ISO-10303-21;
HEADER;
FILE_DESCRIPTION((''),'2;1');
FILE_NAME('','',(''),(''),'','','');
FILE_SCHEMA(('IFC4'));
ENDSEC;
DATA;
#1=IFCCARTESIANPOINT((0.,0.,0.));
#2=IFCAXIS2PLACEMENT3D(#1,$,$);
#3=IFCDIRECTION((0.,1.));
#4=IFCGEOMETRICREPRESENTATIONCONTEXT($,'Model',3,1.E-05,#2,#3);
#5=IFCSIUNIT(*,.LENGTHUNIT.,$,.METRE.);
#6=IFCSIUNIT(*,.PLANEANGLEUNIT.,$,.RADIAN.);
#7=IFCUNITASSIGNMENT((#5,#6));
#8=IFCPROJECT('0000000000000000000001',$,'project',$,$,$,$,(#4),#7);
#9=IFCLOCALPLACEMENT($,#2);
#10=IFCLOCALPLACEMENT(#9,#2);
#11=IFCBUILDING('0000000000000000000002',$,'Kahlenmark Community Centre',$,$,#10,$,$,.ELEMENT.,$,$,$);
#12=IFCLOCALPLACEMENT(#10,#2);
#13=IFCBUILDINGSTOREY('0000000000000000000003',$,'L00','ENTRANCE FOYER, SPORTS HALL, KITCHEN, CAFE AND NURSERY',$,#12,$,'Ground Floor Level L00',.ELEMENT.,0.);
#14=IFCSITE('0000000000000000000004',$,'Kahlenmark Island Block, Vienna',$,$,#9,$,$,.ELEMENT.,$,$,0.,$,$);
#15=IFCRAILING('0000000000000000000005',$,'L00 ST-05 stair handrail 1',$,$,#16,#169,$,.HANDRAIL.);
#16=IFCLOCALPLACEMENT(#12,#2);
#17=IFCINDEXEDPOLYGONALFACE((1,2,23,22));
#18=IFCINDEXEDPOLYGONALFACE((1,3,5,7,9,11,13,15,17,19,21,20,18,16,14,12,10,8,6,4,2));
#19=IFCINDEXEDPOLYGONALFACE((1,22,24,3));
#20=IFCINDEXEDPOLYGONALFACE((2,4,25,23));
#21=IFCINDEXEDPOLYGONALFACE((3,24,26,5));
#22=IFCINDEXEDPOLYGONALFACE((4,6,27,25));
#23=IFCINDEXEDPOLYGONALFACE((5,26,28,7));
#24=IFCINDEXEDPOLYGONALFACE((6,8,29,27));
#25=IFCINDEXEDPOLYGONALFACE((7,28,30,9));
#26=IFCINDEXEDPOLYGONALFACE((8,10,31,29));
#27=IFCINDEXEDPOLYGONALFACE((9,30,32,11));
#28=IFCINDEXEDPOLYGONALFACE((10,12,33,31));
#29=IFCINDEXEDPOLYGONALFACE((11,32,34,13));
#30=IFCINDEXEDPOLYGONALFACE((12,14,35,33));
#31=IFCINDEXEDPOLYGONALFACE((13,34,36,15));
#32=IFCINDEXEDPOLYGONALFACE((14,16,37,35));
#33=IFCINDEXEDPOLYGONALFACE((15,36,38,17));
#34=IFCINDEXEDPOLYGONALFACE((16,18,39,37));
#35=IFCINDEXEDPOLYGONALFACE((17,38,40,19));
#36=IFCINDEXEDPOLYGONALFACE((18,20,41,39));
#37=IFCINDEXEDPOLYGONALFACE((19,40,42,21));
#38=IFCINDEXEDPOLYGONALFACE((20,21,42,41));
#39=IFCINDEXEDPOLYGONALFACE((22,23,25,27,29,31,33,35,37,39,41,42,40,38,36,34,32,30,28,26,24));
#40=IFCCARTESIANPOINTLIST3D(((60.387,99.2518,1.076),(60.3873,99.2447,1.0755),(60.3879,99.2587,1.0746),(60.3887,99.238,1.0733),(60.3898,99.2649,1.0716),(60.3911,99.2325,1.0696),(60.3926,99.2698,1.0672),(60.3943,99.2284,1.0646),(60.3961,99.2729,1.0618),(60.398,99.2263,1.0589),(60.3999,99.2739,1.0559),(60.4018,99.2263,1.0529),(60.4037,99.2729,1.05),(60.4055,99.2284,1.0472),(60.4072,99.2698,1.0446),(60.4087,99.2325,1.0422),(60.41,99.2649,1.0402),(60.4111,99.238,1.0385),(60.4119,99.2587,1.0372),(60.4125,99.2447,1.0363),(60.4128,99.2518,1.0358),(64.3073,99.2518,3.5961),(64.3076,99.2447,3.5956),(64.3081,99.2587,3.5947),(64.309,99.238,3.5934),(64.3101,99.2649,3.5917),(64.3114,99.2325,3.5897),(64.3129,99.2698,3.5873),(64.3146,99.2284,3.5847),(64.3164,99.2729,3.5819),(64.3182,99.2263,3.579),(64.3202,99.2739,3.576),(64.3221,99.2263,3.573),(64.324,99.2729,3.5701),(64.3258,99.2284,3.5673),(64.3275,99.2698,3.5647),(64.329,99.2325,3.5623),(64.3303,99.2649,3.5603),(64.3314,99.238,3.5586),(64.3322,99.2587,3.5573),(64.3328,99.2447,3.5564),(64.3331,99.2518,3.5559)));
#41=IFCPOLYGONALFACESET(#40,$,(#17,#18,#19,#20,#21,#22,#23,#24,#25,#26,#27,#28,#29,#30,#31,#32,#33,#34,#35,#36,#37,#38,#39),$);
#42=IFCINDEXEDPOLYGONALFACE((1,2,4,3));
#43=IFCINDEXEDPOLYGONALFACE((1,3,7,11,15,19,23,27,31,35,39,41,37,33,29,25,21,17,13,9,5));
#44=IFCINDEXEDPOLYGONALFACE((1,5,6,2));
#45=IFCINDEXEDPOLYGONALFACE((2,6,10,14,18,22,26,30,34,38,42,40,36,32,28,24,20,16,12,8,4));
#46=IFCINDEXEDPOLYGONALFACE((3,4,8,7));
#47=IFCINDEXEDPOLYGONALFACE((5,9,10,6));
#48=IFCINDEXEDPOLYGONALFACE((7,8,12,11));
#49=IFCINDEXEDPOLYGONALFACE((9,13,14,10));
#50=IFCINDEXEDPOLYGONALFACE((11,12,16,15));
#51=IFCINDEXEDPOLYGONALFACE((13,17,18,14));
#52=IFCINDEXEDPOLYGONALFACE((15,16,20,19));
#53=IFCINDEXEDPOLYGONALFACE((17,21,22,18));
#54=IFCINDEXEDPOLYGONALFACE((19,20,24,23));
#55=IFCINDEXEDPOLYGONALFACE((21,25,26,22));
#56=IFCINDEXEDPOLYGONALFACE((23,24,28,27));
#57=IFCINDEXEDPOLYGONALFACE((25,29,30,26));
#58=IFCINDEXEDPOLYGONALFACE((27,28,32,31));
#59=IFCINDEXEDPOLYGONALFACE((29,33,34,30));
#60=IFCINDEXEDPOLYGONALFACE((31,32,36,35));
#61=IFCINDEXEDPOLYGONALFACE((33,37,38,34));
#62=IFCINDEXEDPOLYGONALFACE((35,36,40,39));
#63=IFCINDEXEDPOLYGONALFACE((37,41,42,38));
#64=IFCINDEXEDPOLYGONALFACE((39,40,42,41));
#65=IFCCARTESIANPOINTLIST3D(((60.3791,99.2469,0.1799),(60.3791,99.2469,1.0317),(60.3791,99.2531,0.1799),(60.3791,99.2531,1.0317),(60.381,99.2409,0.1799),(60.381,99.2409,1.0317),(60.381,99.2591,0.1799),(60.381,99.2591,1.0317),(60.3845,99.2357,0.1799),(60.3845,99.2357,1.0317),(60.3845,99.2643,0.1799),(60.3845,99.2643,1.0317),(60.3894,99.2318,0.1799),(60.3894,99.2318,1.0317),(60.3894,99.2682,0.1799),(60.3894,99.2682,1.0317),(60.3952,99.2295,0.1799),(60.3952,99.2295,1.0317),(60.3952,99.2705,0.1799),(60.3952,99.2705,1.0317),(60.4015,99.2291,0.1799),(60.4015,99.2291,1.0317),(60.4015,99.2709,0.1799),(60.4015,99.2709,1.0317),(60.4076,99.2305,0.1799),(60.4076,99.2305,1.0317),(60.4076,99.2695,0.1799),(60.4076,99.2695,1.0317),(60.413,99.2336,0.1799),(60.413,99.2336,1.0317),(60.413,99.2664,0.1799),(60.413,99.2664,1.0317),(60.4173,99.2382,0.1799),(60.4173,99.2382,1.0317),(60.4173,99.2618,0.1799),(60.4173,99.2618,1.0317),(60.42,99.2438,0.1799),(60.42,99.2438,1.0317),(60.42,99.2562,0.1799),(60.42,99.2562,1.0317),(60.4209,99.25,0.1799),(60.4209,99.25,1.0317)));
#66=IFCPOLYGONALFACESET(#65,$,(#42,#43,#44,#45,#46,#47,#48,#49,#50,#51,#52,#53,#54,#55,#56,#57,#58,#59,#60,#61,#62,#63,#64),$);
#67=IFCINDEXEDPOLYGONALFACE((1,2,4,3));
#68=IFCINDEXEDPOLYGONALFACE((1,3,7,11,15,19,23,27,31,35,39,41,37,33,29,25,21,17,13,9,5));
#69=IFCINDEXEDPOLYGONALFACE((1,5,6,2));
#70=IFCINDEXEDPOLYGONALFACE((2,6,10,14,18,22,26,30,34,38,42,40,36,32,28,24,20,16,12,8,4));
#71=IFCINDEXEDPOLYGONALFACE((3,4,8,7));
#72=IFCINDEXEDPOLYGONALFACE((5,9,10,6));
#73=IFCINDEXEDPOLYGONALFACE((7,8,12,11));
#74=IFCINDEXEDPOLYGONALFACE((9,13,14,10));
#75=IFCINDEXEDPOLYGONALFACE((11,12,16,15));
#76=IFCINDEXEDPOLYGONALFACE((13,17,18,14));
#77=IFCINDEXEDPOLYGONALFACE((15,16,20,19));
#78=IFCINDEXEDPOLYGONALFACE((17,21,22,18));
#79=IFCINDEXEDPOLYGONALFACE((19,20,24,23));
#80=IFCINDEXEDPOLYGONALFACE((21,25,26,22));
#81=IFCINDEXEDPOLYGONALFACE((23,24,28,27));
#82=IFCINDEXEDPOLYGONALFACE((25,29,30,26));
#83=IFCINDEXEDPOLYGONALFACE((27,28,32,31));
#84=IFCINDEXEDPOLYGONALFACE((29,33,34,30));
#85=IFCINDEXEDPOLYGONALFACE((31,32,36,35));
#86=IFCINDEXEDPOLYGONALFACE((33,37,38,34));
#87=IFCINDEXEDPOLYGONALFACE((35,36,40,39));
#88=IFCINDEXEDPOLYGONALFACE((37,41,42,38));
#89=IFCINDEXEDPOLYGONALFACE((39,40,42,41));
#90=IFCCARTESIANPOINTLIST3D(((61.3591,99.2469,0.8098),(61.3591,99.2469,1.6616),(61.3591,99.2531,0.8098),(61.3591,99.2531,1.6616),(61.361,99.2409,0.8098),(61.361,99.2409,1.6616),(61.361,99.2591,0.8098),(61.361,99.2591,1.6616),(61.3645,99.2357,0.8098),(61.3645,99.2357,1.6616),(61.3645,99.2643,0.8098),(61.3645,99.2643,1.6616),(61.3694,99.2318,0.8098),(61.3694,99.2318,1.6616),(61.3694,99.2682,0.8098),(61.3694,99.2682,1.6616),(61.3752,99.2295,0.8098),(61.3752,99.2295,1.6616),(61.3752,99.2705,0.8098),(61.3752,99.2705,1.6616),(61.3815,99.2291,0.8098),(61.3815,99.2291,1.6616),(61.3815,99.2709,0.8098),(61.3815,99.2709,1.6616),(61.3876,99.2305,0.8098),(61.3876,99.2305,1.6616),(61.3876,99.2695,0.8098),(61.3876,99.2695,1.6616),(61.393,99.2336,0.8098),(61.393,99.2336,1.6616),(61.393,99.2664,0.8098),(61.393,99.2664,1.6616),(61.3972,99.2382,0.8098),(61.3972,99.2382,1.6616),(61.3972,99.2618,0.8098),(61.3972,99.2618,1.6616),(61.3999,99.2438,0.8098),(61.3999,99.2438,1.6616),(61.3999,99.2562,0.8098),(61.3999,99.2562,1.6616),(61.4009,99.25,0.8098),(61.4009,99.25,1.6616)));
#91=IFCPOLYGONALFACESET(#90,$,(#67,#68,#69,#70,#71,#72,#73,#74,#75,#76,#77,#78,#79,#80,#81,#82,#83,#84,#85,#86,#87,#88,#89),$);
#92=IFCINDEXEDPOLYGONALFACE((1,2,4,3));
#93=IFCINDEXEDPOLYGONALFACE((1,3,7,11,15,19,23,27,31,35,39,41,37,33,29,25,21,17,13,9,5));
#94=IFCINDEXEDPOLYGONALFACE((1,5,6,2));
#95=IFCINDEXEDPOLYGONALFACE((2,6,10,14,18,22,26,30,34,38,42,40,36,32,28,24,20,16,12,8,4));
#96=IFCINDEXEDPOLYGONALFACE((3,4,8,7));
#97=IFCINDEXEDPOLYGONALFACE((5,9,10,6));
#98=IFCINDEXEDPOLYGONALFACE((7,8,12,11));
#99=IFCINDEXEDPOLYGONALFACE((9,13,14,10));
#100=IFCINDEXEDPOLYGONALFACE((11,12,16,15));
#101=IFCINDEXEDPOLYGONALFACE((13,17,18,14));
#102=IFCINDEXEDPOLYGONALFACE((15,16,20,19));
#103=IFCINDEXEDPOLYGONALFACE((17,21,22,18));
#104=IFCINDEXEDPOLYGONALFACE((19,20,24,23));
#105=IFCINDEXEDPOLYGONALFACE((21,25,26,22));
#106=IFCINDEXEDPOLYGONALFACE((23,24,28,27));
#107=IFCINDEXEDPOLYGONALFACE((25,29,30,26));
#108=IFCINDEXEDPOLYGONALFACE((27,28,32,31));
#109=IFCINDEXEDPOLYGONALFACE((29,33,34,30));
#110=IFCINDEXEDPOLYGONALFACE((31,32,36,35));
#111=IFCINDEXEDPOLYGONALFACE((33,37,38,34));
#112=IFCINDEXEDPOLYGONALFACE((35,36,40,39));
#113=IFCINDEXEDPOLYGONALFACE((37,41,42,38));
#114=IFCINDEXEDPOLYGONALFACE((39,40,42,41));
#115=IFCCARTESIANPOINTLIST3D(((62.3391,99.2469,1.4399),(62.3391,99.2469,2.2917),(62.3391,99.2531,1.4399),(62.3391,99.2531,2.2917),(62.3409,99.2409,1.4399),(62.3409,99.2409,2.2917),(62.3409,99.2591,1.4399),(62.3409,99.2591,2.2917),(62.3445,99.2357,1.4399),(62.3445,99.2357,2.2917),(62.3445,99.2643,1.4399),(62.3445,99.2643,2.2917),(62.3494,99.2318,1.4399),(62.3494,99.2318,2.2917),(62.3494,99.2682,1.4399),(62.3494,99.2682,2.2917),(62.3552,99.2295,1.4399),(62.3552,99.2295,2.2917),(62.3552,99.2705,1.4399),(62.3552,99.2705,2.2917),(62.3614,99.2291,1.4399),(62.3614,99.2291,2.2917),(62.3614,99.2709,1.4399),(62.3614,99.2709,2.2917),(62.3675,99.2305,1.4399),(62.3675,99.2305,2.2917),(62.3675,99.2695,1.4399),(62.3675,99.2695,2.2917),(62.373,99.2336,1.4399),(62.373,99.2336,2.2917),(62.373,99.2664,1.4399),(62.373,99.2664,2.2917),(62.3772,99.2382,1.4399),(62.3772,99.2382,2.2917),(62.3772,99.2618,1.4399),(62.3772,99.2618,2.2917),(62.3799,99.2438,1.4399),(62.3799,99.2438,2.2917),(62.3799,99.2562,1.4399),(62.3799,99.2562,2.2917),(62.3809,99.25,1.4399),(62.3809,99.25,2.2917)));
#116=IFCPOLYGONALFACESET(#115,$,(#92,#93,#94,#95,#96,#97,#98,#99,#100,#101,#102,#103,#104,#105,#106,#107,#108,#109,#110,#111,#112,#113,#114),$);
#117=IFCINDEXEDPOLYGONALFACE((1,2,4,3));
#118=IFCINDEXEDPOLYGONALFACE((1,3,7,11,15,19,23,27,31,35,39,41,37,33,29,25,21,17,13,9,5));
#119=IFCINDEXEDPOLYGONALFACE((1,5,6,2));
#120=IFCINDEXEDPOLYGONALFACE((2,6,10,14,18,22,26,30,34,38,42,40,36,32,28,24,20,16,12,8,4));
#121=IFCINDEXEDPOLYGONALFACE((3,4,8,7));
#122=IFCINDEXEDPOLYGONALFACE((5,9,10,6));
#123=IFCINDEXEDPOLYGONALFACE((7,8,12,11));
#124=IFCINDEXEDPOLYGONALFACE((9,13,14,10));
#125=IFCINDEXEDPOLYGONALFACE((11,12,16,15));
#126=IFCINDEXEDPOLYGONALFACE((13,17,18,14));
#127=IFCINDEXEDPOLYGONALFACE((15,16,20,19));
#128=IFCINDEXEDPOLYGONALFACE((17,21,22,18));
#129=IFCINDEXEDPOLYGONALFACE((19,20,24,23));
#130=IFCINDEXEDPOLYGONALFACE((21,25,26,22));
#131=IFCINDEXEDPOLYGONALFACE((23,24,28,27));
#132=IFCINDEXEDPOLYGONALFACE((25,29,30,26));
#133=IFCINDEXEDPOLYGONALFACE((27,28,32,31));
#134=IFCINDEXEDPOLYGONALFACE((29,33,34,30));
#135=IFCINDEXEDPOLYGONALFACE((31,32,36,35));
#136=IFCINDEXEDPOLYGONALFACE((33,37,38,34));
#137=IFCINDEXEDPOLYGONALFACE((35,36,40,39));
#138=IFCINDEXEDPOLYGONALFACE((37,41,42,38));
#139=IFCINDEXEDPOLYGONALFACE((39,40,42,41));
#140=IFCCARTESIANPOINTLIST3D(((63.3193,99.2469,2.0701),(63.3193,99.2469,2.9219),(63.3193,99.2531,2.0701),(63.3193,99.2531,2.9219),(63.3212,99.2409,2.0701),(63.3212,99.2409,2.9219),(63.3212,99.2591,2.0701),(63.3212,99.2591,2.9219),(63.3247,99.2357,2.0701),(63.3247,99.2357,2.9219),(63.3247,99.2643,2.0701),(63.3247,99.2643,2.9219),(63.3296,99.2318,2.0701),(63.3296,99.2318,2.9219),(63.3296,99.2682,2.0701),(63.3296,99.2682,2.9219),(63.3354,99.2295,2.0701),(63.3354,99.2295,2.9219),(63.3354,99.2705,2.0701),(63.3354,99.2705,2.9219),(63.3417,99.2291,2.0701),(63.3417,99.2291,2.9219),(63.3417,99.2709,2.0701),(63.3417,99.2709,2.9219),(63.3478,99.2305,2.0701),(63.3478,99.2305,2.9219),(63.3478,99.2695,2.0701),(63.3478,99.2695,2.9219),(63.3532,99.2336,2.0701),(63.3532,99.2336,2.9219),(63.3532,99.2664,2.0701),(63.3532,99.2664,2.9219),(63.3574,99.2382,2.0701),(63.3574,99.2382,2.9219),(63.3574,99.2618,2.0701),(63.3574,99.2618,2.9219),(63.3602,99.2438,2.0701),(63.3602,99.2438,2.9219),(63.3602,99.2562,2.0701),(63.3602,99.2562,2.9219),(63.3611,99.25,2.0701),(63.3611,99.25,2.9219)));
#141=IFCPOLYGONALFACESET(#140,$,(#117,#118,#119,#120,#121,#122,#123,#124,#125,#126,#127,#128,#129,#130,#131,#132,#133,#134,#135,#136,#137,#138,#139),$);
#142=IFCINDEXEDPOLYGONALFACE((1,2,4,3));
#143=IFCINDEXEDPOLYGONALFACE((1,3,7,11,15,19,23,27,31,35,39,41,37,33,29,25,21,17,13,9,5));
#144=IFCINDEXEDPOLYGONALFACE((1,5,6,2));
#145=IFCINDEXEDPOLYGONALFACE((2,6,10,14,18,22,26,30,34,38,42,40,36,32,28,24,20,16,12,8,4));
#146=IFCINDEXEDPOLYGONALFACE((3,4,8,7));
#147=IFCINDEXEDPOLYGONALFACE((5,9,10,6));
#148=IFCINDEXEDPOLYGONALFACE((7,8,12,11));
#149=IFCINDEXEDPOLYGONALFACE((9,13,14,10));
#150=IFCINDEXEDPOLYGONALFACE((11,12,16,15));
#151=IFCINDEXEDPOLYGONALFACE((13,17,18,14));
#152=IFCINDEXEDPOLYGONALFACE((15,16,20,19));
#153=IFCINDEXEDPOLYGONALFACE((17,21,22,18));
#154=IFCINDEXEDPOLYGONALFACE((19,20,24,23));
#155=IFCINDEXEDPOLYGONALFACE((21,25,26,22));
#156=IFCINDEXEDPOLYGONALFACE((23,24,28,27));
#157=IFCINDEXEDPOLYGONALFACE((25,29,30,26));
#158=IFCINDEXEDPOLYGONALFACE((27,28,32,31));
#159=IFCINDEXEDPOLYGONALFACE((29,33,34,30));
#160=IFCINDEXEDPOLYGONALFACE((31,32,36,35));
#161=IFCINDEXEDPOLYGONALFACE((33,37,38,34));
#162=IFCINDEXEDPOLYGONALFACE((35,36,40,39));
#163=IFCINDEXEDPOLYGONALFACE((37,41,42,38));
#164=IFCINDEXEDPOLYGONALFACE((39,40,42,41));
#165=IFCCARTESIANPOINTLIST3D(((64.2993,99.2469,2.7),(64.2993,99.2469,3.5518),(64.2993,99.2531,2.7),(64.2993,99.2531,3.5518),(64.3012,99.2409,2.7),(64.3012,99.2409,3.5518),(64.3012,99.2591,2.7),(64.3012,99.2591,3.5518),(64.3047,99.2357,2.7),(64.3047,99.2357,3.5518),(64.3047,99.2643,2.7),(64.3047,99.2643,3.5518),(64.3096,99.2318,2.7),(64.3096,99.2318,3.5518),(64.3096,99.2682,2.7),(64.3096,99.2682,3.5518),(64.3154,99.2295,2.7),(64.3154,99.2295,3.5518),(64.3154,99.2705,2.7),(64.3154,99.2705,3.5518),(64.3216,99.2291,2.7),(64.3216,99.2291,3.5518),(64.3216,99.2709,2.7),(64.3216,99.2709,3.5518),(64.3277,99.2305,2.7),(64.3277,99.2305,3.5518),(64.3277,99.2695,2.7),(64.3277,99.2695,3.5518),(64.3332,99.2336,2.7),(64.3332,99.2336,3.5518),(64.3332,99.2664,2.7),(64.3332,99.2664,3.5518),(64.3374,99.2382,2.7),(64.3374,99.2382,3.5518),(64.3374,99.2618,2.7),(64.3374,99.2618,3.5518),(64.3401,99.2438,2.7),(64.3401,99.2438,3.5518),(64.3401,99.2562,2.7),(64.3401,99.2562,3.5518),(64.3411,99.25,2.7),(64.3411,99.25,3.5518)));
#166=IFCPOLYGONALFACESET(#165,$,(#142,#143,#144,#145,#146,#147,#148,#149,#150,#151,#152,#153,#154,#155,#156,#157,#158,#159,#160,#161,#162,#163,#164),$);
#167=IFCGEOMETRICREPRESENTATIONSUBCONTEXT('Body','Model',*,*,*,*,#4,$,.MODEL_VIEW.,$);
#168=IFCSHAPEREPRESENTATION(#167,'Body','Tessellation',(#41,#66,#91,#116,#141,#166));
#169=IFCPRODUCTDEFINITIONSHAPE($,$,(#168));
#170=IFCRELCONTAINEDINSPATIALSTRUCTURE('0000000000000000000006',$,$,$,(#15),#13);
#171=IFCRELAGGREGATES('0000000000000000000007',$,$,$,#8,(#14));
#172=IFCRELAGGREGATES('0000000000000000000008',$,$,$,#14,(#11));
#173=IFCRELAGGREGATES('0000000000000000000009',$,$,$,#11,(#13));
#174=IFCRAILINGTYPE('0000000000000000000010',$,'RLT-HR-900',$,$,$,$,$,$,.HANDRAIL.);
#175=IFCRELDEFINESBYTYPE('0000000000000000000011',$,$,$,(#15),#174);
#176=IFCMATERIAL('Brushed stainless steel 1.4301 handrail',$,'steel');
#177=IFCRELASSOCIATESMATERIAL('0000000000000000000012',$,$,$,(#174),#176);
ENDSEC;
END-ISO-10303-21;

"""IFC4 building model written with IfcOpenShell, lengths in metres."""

from ifc_helpers import new_model, si_unit, direction, frame, origin, origin_2d, place, context, subcontext, project, spatial, circle, extrude, material, type_object, element, save


model = new_model("IFC4")

# Units and contexts
model_context = context("Model", 3, precision=1e-05, world=origin(), true_north=direction((0.0, 1.0)))
body_context = subcontext(model_context, "Body", "Model", "MODEL_VIEW")
ifc_project = project(units=[si_unit("LENGTHUNIT", "METRE"), si_unit("PLANEANGLEUNIT", "RADIAN")], contexts=[model_context])

# Site, building, storey
site_placement = place(None, origin())
site = spatial("IfcSite", under=ifc_project, at=site_placement, Name="Kahlenmark Island Block, Vienna", CompositionType="ELEMENT", RefElevation=0.0)
building_placement = place(site_placement, origin())
building = spatial("IfcBuilding", under=site, at=building_placement, Name="Kahlenmark Community Centre", CompositionType="ELEMENT")
storey_placement = place(building_placement, origin())
storey = spatial("IfcBuildingStorey", under=building, at=storey_placement, Name="L00", Description="ENTRANCE FOYER, SPORTS HALL, KITCHEN, CAFE AND NURSERY", LongName="Ground Floor Level L00", CompositionType="ELEMENT", Elevation=0.0)

# Railing
ifc_material_1 = material(Name="Brushed stainless steel 1.4301 handrail", Category="steel")
railing_type_1 = type_object("IfcRailingType", Name="RLT-HR-900", PredefinedType="HANDRAIL", material=ifc_material_1)
railing_1_placement = place(storey_placement, frame((60.3999, 99.25, 0.1799)))
element("IfcRailing", 1, at=railing_1_placement, inside=storey, type_object=railing_type_1, Name="L00 ST-05 stair handrail 1", PredefinedType="HANDRAIL", context=body_context, shape_type="SweptSolid", body=[
    extrude(circle(Radius=0.0239, at=origin_2d()), frame((0.0, 0.0, 0.876), z_axis=(0.841187, 0.0, 0.540744), x_axis=(0.0, 1.0, 0.0)), (0.0, 0.0, 1.0), 4.6604),
    extrude(circle(Radius=0.021, at=origin_2d()), origin(), (0.0, 0.0, 1.0), 0.8518),
    extrude(circle(Radius=0.021, at=origin_2d()), frame((0.98, 0.0, 0.6299)), (0.0, 0.0, 1.0), 0.8518),
    extrude(circle(Radius=0.021, at=origin_2d()), frame((1.96, 0.0, 1.26)), (0.0, 0.0, 1.0), 0.8518),
    extrude(circle(Radius=0.021, at=origin_2d()), frame((2.9402, 0.0, 1.8901)), (0.0, 0.0, 1.0), 0.8518),
    extrude(circle(Radius=0.021, at=origin_2d()), frame((3.9202, 0.0, 2.52)), (0.0, 0.0, 1.0), 0.8518),
])

save(model, "model.ifc")
